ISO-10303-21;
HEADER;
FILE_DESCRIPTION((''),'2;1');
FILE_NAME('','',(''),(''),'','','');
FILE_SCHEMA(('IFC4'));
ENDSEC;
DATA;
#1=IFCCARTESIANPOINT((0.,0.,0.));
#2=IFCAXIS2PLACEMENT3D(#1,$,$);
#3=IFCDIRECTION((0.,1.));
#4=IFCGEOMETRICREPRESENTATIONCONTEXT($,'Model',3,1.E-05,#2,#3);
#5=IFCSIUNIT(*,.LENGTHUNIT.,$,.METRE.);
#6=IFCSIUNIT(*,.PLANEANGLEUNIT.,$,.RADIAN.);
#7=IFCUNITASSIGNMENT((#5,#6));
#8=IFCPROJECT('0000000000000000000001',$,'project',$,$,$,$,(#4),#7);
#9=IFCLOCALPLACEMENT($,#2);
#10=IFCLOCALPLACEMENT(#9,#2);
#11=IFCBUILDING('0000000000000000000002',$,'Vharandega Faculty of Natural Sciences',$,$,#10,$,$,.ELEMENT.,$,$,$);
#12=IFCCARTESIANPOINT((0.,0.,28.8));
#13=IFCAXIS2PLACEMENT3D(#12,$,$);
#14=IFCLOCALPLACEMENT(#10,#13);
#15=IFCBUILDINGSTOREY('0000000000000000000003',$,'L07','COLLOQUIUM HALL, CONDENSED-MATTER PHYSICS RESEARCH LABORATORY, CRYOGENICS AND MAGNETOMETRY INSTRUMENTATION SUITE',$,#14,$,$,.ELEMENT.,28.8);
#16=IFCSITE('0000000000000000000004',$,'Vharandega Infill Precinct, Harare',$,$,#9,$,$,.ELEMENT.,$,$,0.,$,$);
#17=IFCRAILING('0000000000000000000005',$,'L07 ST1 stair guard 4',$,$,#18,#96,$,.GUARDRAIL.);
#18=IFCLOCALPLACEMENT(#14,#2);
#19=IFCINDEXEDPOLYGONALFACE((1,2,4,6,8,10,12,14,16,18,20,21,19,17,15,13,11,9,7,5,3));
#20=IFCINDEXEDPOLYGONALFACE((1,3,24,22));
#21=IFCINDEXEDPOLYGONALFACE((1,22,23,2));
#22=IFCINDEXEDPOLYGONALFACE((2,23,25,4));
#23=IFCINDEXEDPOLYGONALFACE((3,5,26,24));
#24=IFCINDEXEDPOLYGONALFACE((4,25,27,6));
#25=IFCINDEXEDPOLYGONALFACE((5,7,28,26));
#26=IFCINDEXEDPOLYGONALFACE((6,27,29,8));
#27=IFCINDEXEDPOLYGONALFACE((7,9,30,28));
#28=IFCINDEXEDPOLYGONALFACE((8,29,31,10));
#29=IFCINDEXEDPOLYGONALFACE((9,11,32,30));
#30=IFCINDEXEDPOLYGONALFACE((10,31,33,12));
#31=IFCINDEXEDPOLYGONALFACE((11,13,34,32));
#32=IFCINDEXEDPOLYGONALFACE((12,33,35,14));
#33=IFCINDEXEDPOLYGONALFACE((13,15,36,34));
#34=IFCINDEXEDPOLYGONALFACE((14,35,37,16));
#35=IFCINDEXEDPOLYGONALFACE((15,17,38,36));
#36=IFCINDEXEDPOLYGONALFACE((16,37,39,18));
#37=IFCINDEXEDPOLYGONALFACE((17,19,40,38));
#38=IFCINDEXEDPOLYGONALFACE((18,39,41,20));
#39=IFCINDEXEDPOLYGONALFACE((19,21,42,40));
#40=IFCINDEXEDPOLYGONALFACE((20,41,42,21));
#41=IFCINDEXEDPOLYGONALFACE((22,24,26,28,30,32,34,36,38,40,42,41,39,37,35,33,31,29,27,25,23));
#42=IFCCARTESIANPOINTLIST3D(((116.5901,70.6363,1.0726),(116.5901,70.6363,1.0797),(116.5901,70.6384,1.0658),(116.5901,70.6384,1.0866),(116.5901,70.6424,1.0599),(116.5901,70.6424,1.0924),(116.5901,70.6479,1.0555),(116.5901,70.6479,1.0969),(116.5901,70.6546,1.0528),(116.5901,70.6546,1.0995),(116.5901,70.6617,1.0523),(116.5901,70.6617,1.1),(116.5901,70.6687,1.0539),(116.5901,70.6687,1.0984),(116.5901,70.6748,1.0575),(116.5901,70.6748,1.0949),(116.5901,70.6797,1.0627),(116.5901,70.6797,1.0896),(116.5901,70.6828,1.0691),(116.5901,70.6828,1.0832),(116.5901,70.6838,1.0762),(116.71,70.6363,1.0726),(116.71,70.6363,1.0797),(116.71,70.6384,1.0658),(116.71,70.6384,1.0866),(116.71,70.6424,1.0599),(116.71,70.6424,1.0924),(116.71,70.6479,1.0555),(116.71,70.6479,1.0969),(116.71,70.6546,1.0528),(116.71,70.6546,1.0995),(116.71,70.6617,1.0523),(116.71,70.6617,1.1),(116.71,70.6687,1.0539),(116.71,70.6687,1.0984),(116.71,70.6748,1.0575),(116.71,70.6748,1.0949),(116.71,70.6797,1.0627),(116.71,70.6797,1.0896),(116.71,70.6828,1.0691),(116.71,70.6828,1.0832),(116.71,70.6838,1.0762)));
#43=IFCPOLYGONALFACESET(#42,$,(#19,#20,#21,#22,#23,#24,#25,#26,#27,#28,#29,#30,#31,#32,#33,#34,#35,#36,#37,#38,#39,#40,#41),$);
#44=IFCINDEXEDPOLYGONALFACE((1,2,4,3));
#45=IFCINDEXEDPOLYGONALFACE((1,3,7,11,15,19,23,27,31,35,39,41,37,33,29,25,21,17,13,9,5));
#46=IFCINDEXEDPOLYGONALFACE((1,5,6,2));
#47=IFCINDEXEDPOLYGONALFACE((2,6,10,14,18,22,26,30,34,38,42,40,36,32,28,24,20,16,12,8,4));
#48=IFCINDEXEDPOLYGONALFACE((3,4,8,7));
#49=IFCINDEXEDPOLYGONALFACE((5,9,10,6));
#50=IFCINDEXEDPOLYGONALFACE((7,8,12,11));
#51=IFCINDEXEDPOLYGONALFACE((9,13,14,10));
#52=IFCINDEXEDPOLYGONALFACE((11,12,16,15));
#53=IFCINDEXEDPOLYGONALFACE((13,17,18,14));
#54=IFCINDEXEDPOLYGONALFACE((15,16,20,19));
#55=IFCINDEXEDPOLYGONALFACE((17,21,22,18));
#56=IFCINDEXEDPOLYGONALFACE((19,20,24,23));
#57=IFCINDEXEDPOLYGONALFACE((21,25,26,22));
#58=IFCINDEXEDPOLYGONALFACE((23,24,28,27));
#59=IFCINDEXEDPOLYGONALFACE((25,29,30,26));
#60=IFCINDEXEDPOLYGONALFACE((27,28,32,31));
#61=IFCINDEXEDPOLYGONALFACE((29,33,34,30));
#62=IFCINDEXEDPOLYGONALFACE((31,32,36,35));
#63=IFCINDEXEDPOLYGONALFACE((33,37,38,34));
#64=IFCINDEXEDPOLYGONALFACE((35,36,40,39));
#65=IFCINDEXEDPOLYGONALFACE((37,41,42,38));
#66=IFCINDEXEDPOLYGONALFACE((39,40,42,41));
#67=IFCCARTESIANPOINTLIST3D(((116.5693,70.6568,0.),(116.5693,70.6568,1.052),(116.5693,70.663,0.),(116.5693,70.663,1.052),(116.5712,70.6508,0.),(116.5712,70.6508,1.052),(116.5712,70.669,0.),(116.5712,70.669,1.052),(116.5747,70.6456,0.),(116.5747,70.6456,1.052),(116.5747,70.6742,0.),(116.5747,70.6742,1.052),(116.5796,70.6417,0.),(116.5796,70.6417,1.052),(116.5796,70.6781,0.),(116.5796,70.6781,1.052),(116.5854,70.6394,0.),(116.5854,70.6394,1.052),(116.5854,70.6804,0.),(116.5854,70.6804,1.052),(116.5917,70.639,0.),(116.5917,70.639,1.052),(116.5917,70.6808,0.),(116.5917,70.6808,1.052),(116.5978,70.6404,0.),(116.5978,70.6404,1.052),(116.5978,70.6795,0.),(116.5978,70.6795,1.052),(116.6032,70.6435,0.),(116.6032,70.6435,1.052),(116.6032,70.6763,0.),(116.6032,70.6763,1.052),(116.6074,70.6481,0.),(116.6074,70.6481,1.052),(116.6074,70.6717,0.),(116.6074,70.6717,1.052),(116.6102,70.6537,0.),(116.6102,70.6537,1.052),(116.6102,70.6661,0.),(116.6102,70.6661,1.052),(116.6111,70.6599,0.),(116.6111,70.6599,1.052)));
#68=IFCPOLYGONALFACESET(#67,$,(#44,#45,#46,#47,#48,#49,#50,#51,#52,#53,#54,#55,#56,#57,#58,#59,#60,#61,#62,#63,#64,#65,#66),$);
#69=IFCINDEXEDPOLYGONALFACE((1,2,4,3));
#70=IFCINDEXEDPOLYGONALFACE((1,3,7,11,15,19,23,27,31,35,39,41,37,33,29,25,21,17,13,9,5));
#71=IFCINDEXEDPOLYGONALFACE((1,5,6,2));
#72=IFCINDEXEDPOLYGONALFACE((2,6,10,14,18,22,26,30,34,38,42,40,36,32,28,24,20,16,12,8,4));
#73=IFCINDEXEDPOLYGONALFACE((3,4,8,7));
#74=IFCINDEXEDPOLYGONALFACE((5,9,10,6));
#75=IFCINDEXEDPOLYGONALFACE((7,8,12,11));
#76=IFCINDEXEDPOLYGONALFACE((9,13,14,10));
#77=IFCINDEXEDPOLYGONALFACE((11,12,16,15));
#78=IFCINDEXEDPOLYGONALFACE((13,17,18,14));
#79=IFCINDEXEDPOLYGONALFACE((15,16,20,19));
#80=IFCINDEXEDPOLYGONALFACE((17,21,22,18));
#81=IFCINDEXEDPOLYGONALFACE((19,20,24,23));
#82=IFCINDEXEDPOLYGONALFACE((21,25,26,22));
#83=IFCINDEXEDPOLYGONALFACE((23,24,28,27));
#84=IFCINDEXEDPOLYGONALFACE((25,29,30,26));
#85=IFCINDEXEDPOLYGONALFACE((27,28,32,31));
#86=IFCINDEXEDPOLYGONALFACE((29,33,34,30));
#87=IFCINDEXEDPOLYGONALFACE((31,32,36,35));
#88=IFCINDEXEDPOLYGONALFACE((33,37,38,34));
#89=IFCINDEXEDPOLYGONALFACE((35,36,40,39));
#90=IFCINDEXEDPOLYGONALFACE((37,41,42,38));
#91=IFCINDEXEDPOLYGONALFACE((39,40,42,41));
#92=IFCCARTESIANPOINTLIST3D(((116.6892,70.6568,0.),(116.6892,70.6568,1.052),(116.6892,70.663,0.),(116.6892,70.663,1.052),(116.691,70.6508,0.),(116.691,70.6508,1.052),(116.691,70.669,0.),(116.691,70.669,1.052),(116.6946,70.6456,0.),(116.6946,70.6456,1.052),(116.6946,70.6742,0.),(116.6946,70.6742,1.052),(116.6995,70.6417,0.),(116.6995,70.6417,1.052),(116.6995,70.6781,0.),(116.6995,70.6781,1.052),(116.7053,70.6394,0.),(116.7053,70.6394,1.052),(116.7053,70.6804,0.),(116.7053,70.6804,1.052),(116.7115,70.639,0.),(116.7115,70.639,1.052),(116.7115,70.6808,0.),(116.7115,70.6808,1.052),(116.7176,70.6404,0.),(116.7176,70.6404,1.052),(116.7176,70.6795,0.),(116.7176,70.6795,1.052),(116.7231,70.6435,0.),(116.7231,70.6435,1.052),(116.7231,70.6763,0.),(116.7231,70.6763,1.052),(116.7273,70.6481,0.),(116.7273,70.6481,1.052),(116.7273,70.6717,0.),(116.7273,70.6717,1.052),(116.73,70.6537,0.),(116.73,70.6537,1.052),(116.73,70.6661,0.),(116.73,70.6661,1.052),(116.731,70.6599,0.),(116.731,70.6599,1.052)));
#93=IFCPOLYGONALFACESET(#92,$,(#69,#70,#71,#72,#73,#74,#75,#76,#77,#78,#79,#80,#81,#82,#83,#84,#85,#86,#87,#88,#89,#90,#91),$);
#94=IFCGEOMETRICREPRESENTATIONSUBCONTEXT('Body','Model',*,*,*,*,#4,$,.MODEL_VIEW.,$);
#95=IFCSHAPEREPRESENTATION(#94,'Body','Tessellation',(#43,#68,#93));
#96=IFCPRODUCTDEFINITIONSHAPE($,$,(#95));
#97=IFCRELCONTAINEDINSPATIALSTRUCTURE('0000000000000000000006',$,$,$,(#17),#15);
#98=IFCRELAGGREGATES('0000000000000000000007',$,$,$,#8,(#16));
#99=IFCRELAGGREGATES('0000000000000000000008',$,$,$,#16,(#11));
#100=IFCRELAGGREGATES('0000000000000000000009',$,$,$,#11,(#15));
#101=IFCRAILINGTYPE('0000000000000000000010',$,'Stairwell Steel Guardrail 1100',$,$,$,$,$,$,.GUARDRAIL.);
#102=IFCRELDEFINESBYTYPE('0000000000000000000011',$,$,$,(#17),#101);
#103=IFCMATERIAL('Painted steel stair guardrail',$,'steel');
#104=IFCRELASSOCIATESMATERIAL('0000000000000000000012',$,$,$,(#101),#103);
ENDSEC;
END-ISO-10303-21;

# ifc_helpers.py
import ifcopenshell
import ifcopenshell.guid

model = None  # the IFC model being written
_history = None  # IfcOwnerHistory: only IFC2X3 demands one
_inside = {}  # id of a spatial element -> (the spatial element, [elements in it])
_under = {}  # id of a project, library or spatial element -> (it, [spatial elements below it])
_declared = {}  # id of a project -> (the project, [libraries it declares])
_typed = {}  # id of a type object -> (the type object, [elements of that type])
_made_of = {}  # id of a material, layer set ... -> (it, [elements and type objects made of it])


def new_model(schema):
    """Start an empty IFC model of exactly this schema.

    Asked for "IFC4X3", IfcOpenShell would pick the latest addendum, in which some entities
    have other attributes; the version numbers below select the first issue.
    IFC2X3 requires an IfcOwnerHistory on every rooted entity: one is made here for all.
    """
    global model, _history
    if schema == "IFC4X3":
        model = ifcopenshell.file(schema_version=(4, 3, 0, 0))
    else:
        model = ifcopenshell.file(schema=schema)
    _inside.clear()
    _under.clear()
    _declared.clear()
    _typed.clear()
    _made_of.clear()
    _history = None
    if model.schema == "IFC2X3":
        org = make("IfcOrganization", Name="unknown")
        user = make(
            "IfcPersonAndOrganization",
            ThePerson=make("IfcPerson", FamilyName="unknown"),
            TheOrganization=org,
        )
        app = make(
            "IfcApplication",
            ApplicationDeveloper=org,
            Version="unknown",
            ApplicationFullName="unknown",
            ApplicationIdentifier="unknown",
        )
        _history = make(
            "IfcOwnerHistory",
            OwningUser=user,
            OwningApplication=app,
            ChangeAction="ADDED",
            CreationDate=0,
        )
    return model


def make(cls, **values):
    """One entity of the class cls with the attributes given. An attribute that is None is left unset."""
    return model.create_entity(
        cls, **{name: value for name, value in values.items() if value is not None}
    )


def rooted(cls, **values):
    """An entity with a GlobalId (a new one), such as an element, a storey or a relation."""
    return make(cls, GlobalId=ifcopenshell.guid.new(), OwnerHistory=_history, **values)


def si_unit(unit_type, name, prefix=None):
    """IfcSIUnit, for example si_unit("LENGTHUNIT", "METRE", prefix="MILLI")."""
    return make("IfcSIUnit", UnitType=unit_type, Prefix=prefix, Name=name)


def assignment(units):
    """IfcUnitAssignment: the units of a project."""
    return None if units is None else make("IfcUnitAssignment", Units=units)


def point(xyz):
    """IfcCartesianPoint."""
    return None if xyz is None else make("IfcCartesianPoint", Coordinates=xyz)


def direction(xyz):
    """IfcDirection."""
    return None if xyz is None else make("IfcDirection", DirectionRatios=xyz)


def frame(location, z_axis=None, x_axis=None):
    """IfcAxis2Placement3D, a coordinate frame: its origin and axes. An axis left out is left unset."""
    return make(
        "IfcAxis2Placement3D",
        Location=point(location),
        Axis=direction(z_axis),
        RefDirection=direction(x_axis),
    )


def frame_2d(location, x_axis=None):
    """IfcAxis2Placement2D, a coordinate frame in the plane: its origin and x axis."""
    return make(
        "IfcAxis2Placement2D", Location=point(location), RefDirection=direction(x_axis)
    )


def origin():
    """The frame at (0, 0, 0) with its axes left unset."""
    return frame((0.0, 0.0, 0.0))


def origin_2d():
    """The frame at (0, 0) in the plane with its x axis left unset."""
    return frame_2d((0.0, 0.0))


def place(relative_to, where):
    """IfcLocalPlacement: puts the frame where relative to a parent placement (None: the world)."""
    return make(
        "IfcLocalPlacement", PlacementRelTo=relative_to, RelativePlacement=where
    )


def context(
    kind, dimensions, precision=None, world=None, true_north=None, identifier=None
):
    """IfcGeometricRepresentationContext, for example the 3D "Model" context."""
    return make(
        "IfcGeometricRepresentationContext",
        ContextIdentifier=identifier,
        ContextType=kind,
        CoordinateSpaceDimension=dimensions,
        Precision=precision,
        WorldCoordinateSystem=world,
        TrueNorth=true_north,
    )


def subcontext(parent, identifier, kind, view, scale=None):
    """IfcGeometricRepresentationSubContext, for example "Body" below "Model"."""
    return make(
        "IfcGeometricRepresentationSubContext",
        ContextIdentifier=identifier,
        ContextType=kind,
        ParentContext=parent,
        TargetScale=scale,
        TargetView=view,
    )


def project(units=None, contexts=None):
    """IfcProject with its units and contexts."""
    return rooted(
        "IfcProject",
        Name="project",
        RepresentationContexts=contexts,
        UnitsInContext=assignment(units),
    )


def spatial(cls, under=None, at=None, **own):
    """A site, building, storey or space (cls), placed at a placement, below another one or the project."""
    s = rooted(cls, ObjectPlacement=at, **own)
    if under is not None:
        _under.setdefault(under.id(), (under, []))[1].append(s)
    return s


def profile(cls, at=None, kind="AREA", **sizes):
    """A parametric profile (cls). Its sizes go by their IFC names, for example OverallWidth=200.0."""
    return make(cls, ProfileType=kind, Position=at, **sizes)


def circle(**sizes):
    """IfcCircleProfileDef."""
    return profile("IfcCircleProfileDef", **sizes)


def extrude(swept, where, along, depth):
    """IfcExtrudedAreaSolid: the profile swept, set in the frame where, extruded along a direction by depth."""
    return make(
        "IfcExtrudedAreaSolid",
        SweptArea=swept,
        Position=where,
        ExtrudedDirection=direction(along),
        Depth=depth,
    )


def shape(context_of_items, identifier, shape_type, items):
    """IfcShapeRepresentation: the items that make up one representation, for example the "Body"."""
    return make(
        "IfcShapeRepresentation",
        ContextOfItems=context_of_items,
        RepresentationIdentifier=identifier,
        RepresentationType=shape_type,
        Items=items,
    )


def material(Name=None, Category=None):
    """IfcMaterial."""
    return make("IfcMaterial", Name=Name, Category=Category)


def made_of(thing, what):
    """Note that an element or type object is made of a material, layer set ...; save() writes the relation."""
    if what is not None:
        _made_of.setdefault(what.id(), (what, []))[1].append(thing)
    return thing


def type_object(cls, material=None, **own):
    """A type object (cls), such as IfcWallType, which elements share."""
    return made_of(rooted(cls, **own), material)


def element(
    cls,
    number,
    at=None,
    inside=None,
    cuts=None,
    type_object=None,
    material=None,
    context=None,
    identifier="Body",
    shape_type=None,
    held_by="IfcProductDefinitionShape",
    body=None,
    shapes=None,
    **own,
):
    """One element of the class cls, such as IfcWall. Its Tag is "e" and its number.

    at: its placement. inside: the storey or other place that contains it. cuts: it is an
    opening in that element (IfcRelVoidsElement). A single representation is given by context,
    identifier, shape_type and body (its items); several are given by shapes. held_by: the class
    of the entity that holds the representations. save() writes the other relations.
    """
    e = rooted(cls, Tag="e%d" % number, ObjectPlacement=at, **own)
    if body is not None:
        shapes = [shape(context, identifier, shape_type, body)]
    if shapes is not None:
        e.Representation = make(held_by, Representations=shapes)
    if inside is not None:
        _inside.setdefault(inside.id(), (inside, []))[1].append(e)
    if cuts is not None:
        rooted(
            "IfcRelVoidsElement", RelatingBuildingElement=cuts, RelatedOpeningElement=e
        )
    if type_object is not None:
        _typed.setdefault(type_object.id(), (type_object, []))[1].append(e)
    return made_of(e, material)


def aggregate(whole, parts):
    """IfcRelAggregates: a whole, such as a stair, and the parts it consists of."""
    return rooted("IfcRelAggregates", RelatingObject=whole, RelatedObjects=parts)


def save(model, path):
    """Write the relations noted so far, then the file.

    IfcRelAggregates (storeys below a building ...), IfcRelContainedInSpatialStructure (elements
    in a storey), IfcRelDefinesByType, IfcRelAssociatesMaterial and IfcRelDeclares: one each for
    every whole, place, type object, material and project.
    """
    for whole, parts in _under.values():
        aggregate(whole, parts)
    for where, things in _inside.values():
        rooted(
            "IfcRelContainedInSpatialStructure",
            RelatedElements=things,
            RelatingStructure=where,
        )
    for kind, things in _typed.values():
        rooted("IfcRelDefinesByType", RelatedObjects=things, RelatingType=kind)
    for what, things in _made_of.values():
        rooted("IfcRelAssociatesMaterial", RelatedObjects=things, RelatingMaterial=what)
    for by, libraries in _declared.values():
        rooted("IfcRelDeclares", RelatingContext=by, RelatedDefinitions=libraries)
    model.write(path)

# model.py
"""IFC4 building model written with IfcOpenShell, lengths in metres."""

from ifc_helpers import new_model, si_unit, direction, frame, origin, origin_2d, place, context, subcontext, project, spatial, circle, extrude, material, type_object, element, save


model = new_model("IFC4")

# Units and contexts
model_context = context("Model", 3, precision=1e-05, world=origin(), true_north=direction((0.0, 1.0)))
body_context = subcontext(model_context, "Body", "Model", "MODEL_VIEW")
ifc_project = project(units=[si_unit("LENGTHUNIT", "METRE"), si_unit("PLANEANGLEUNIT", "RADIAN")], contexts=[model_context])

# Site, building, storey
site_placement = place(None, origin())
site = spatial("IfcSite", under=ifc_project, at=site_placement, Name="Vharandega Infill Precinct, Harare", CompositionType="ELEMENT", RefElevation=0.0)
building_placement = place(site_placement, origin())
building = spatial("IfcBuilding", under=site, at=building_placement, Name="Vharandega Faculty of Natural Sciences", CompositionType="ELEMENT")
storey_placement = place(building_placement, frame((0.0, 0.0, 28.8)))
storey = spatial("IfcBuildingStorey", under=building, at=storey_placement, Name="L07", Description="COLLOQUIUM HALL, CONDENSED-MATTER PHYSICS RESEARCH LABORATORY, CRYOGENICS AND MAGNETOMETRY INSTRUMENTATION SUITE", CompositionType="ELEMENT", Elevation=28.8)

# Railing
ifc_material_1 = material(Name="Painted steel stair guardrail", Category="steel")
railing_type_1 = type_object("IfcRailingType", Name="Stairwell Steel Guardrail 1100", PredefinedType="GUARDRAIL", material=ifc_material_1)
railing_1_placement = place(storey_placement, frame((116.5901, 70.6599, 0.0)))
element("IfcRailing", 1, at=railing_1_placement, inside=storey, type_object=railing_type_1, Name="L07 ST1 stair guard 4", PredefinedType="GUARDRAIL", context=body_context, shape_type="SweptSolid", body=[
    extrude(circle(Radius=0.0239, at=origin_2d()), frame((0.0, 0.0, 1.0762), z_axis=(1.0, 0.0, 0.0), x_axis=(0.0, 1.0, 0.0)), (0.0, 0.0, 1.0), 0.1199),
    extrude(circle(Radius=0.021, at=origin_2d()), origin(), (0.0, 0.0, 1.0), 1.052),
    extrude(circle(Radius=0.021, at=origin_2d()), frame((0.1199, 0.0, 0.0)), (0.0, 0.0, 1.0), 1.052),
])

save(model, "model.ifc")
